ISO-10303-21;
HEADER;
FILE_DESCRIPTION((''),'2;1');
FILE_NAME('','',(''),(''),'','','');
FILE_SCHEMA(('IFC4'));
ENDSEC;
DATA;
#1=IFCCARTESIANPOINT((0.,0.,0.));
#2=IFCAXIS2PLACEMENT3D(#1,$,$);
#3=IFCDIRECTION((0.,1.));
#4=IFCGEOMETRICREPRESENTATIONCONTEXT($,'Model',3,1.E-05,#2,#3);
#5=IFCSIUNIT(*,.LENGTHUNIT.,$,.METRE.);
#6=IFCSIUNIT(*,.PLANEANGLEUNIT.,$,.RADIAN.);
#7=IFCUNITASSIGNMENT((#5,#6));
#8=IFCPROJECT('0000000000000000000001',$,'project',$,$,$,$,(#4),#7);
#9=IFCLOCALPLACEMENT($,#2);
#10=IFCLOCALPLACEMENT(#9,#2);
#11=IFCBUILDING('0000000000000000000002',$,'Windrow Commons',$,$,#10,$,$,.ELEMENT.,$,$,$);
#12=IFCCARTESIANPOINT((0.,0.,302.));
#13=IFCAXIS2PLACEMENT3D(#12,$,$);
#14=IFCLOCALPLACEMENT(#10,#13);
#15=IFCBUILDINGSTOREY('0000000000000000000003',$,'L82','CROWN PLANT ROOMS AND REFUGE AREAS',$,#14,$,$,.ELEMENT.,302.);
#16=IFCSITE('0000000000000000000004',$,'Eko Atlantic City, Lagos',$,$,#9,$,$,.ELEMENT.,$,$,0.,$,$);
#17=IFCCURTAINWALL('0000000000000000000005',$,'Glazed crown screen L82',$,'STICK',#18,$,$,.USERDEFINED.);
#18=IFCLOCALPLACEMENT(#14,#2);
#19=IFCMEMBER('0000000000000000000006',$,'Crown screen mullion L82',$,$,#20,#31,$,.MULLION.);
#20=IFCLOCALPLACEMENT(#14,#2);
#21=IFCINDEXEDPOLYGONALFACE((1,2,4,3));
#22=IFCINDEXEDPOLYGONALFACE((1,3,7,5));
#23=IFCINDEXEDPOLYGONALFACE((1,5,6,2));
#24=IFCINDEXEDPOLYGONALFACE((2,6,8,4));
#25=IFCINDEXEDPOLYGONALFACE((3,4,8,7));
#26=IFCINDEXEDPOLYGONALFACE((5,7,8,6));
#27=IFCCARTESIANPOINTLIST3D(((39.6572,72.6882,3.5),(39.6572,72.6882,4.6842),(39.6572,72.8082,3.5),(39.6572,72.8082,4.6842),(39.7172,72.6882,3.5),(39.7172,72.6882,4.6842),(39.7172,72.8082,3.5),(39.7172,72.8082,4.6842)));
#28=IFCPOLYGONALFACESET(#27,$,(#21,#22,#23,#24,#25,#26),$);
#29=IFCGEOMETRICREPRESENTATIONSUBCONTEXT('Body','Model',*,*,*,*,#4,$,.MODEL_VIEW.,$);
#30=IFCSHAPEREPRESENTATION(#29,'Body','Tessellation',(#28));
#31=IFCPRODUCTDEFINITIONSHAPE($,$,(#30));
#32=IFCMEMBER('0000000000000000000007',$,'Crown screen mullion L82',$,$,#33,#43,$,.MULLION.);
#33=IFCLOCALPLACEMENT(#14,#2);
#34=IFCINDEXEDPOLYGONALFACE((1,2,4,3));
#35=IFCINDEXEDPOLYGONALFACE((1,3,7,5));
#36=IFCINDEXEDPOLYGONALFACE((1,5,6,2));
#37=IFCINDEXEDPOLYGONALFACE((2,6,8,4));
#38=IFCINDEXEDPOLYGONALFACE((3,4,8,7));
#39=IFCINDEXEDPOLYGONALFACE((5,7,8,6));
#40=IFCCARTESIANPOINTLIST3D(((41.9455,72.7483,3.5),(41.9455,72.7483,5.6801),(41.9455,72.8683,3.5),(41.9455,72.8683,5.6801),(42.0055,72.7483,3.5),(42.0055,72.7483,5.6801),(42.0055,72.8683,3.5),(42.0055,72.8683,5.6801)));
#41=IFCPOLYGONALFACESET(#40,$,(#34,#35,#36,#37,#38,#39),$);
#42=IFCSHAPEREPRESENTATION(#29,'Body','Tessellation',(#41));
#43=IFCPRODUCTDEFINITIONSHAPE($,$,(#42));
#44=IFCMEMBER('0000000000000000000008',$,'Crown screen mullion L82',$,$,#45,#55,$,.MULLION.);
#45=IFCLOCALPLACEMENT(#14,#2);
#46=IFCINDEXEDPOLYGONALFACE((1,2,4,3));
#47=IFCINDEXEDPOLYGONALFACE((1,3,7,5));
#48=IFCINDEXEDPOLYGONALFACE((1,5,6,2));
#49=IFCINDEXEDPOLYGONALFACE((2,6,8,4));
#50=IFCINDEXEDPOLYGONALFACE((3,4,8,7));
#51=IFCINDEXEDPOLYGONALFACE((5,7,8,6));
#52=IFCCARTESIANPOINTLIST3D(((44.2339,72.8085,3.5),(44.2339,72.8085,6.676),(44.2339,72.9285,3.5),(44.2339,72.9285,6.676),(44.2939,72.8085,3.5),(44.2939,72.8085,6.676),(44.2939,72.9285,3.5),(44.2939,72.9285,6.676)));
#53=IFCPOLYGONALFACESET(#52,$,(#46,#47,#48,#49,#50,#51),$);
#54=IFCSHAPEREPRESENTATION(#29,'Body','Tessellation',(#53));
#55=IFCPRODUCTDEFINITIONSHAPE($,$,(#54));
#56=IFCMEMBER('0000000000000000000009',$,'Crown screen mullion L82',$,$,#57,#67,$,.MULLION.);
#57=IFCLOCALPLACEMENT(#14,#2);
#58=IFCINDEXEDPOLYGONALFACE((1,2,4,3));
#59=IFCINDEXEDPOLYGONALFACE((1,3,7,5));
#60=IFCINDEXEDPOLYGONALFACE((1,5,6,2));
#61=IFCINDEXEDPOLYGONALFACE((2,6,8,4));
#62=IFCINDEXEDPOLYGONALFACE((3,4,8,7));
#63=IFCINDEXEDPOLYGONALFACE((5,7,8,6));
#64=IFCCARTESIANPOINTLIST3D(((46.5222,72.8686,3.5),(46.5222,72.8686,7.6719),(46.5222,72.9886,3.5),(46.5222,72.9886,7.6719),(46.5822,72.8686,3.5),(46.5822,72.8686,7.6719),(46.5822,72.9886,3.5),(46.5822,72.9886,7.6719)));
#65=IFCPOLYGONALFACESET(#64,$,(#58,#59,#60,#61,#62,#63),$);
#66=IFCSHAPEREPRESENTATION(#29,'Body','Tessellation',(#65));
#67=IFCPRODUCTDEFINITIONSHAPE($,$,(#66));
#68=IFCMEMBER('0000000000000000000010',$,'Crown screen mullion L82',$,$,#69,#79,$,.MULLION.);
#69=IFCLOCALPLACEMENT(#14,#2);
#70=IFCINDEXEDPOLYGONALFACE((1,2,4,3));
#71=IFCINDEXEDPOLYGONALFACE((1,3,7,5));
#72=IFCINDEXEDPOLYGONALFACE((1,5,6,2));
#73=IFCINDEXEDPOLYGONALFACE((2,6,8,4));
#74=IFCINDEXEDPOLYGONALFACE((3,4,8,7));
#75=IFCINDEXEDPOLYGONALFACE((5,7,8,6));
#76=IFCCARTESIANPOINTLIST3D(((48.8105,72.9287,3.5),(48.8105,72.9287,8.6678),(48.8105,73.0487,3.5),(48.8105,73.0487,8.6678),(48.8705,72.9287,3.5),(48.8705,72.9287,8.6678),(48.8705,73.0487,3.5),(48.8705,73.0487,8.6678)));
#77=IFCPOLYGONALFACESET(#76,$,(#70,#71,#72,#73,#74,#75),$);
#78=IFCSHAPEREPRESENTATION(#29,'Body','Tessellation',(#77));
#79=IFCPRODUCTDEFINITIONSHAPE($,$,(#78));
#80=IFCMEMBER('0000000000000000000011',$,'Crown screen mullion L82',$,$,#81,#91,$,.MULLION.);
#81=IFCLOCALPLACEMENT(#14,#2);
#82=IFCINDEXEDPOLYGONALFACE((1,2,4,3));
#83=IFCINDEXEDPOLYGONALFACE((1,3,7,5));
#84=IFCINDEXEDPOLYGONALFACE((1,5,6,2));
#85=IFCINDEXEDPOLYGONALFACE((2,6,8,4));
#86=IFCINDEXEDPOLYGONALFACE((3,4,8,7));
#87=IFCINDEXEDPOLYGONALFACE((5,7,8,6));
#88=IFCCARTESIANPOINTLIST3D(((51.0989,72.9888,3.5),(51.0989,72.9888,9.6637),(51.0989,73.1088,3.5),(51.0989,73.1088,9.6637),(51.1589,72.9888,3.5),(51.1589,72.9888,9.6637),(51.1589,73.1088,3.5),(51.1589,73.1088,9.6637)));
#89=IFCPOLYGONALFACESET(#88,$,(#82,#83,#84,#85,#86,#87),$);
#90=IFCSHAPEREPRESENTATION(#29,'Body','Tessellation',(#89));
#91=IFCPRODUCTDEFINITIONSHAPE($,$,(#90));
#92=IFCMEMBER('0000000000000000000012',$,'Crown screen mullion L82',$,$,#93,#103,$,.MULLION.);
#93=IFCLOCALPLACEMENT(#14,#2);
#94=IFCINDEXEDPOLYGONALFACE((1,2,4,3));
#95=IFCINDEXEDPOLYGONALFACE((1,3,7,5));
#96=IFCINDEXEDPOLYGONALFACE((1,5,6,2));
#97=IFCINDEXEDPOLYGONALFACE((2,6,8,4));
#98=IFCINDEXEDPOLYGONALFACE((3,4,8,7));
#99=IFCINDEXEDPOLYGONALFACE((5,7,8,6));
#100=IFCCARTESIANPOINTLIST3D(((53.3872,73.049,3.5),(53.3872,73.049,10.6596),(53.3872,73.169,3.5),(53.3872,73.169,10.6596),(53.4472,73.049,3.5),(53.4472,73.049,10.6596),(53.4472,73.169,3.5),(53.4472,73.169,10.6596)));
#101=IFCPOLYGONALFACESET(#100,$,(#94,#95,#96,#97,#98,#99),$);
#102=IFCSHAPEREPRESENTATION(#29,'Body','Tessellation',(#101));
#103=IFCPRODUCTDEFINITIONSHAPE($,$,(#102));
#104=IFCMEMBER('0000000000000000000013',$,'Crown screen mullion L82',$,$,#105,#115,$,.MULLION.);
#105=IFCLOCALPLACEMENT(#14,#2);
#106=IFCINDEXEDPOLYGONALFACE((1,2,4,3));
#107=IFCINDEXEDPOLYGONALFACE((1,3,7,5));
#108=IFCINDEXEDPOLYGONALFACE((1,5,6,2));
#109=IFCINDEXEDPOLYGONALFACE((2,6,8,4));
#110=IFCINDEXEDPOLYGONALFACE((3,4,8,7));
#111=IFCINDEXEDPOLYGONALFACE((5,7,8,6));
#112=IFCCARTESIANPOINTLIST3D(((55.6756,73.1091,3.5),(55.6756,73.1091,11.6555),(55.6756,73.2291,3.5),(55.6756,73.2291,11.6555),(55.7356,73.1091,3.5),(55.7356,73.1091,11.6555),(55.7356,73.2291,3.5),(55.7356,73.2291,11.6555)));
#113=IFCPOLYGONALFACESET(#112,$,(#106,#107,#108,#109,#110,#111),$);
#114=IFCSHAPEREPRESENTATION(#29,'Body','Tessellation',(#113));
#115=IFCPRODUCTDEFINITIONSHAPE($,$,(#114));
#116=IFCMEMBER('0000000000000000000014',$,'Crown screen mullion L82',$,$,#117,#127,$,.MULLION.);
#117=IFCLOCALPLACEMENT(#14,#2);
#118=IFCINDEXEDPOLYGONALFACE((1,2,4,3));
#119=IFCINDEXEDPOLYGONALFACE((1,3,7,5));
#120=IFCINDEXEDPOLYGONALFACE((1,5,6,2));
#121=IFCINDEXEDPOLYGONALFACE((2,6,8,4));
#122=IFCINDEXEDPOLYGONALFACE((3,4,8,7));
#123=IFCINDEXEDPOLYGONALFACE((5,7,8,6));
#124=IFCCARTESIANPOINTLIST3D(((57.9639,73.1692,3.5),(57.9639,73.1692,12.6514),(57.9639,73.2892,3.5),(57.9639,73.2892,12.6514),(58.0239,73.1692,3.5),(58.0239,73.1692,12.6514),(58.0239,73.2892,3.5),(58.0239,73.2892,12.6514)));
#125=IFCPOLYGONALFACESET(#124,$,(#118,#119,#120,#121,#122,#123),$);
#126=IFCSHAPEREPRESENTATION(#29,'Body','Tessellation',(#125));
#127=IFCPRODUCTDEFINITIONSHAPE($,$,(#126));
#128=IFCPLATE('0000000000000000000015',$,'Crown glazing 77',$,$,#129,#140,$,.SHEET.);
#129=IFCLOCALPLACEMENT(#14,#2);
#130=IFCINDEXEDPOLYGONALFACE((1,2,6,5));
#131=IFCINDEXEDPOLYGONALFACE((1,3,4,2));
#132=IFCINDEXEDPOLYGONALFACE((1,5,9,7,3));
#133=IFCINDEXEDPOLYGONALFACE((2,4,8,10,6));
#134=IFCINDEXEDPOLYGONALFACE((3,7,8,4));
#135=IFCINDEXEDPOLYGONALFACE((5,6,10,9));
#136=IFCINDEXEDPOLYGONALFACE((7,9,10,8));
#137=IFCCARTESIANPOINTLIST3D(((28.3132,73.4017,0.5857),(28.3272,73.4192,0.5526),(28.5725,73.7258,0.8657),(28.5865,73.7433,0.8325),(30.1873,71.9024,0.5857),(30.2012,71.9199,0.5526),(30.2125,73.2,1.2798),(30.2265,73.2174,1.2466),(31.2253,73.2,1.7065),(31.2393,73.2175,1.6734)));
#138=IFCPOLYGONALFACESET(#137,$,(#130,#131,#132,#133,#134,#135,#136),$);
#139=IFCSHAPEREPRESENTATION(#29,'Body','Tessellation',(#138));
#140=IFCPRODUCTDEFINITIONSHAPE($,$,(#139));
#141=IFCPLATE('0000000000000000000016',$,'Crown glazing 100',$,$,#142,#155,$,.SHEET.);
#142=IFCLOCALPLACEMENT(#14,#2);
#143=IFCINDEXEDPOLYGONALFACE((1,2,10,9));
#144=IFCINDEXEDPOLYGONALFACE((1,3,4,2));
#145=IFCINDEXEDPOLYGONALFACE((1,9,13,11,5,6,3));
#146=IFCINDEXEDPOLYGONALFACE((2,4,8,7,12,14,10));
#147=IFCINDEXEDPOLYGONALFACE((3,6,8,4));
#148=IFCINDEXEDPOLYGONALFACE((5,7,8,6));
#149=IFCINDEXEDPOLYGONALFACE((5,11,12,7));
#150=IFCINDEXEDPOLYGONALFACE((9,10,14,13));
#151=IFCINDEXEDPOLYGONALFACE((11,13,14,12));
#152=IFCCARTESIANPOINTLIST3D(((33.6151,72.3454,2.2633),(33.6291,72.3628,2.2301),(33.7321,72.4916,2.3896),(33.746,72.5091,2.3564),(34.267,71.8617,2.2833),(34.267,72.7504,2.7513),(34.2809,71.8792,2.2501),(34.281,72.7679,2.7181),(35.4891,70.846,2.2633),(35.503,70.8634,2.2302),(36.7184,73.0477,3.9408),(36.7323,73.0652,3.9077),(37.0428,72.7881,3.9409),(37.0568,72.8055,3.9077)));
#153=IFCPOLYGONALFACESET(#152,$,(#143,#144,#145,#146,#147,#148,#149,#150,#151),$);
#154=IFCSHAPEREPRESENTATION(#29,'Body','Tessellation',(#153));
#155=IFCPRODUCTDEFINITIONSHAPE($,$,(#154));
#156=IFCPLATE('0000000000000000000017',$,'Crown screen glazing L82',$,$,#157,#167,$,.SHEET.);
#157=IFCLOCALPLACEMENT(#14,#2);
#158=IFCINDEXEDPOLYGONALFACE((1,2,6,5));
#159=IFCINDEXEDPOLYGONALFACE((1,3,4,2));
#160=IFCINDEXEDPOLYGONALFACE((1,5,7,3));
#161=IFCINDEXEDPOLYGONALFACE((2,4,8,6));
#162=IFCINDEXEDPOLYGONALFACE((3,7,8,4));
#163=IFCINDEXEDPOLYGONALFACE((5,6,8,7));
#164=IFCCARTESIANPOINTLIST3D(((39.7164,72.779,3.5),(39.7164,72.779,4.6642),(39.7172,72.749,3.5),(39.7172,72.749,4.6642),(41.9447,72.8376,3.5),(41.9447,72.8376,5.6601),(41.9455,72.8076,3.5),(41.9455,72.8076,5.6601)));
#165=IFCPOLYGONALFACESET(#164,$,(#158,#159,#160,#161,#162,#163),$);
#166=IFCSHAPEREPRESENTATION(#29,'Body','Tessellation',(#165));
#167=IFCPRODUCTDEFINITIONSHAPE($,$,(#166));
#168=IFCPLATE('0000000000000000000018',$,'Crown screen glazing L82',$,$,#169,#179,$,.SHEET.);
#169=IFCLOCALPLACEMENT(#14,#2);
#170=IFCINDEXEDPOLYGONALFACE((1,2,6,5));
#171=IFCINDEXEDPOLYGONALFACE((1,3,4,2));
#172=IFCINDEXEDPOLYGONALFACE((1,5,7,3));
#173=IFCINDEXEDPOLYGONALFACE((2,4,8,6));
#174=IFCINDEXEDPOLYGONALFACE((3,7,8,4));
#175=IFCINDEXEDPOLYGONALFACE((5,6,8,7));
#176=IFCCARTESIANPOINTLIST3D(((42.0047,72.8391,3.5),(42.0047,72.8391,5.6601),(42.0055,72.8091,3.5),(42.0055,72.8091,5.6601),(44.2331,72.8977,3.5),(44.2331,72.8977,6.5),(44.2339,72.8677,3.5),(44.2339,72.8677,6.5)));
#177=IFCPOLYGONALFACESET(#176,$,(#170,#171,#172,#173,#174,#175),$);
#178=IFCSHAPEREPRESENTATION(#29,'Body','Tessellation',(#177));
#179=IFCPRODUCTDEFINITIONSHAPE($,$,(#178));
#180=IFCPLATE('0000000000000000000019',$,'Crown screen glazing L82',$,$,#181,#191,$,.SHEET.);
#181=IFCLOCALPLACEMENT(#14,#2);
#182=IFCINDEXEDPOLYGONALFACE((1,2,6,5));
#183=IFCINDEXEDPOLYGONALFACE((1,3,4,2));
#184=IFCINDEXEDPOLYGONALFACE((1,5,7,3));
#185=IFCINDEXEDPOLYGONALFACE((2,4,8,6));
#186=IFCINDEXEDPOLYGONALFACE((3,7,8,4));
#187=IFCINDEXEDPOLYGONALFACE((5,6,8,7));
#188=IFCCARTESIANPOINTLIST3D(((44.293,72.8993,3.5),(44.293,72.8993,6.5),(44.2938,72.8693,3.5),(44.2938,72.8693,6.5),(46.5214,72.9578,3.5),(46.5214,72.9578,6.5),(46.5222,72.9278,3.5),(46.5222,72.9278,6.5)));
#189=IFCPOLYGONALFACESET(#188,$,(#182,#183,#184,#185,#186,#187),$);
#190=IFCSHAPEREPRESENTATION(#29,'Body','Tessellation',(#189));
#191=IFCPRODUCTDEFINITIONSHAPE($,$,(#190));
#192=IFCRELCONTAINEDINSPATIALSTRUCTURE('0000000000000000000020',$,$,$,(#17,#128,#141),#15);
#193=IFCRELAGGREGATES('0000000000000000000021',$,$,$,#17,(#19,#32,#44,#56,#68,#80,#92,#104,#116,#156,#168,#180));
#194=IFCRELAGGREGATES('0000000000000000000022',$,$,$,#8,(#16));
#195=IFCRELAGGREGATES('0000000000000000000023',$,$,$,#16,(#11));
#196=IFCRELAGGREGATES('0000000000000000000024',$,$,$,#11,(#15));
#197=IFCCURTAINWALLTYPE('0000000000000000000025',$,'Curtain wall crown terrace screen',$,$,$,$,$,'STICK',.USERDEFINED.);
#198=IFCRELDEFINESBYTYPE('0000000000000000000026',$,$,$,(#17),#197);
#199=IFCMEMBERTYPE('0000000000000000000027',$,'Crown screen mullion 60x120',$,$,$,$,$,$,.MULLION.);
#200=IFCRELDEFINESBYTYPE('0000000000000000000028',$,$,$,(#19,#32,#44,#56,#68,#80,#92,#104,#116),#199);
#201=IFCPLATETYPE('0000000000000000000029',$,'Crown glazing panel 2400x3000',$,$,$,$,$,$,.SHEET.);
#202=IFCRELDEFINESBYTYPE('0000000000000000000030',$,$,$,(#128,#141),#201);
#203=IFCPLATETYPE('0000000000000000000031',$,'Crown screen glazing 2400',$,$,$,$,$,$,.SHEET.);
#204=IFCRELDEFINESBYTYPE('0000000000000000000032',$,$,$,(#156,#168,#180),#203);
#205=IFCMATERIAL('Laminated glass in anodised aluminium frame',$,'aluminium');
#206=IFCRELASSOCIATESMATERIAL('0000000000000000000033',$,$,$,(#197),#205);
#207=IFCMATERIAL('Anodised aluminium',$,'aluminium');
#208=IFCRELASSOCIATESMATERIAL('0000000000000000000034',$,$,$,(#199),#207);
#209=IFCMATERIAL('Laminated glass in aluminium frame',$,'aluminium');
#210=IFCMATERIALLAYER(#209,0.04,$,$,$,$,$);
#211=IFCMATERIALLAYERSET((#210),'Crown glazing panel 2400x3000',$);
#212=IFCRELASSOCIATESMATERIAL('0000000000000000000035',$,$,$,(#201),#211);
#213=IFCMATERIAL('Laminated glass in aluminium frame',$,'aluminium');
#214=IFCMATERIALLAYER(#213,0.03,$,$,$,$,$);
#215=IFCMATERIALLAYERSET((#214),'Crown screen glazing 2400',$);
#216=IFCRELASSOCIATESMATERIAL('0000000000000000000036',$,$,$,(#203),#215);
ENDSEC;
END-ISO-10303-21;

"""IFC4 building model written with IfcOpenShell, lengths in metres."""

from ifc_helpers import new_model, si_unit, direction, frame, origin, origin_2d, place, context, subcontext, project, spatial, polyline, rectangle, outline, extrude, material, layer, layer_set, material_profile, profile_set, type_object, element, aggregate, save


model = new_model("IFC4")

# Units and contexts
model_context = context("Model", 3, precision=1e-05, world=origin(), true_north=direction((0.0, 1.0)))
body_context = subcontext(model_context, "Body", "Model", "MODEL_VIEW")
ifc_project = project(units=[si_unit("LENGTHUNIT", "METRE"), si_unit("PLANEANGLEUNIT", "RADIAN")], contexts=[model_context])

# Site, building, storey
site_placement = place(None, origin())
site = spatial("IfcSite", under=ifc_project, at=site_placement, Name="Eko Atlantic City, Lagos", CompositionType="ELEMENT", RefElevation=0.0)
building_placement = place(site_placement, origin())
building = spatial("IfcBuilding", under=site, at=building_placement, Name="Windrow Commons", CompositionType="ELEMENT")
storey_placement = place(building_placement, frame((0.0, 0.0, 302.0)))
storey = spatial("IfcBuildingStorey", under=building, at=storey_placement, Name="L82", Description="CROWN PLANT ROOMS AND REFUGE AREAS", CompositionType="ELEMENT", Elevation=302.0)

# Curtain wall, members
ifc_material_1 = material(Name="Laminated glass in anodised aluminium frame", Category="aluminium")
curtain_wall_type = type_object("IfcCurtainWallType", Name="Curtain wall crown terrace screen", ElementType="STICK", PredefinedType="USERDEFINED", material=ifc_material_1)
curtain_wall_placement = place(storey_placement, origin())
curtain_wall = element("IfcCurtainWall", 1, at=curtain_wall_placement, inside=storey, type_object=curtain_wall_type, Name="Glazed crown screen L82", ObjectType="STICK", PredefinedType="USERDEFINED")
ifc_material_2 = material(Name="Anodised aluminium", Category="aluminium")
ifc_material_profile = material_profile(ifc_material_2, rectangle(XDim=0.06, YDim=0.12, at=origin_2d()))
ifc_profile_set = profile_set([ifc_material_profile], Name="Anodised aluminium")
member_type = type_object("IfcMemberType", Name="Crown screen mullion 60x120", PredefinedType="MULLION", material=ifc_profile_set)
member_1_placement = place(storey_placement, frame((39.6872, 72.7482, 3.5), z_axis=(0.0, 0.0, 1.0), x_axis=(1.0, 0.0, 0.0)))
member_1 = element("IfcMember", 2, at=member_1_placement, type_object=member_type, Name="Crown screen mullion L82", PredefinedType="MULLION", context=body_context, shape_type="SweptSolid", body=[
    extrude(rectangle(XDim=0.06, YDim=0.12, at=origin_2d()), origin(), (0.0, 0.0, 1.0), 1.1842),
])
member_2_placement = place(storey_placement, frame((41.9755, 72.8083, 3.5), z_axis=(0.0, 0.0, 1.0), x_axis=(1.0, 0.0, 0.0)))
member_2 = element("IfcMember", 3, at=member_2_placement, type_object=member_type, Name="Crown screen mullion L82", PredefinedType="MULLION", context=body_context, shape_type="SweptSolid", body=[
    extrude(rectangle(XDim=0.06, YDim=0.12, at=origin_2d()), origin(), (0.0, 0.0, 1.0), 2.1801),
])
member_3_placement = place(storey_placement, frame((44.2639, 72.8685, 3.5), z_axis=(0.0, 0.0, 1.0), x_axis=(1.0, 0.0, 0.0)))
member_3 = element("IfcMember", 4, at=member_3_placement, type_object=member_type, Name="Crown screen mullion L82", PredefinedType="MULLION", context=body_context, shape_type="SweptSolid", body=[
    extrude(rectangle(XDim=0.06, YDim=0.12, at=origin_2d()), origin(), (0.0, 0.0, 1.0), 3.176),
])
member_4_placement = place(storey_placement, frame((46.5522, 72.9286, 3.5), z_axis=(0.0, 0.0, 1.0), x_axis=(1.0, 0.0, 0.0)))
member_4 = element("IfcMember", 5, at=member_4_placement, type_object=member_type, Name="Crown screen mullion L82", PredefinedType="MULLION", context=body_context, shape_type="SweptSolid", body=[
    extrude(rectangle(XDim=0.06, YDim=0.12, at=origin_2d()), origin(), (0.0, 0.0, 1.0), 4.1719),
])
member_5_placement = place(storey_placement, frame((48.8405, 72.9887, 3.5), z_axis=(0.0, 0.0, 1.0), x_axis=(1.0, 0.0, 0.0)))
member_5 = element("IfcMember", 6, at=member_5_placement, type_object=member_type, Name="Crown screen mullion L82", PredefinedType="MULLION", context=body_context, shape_type="SweptSolid", body=[
    extrude(rectangle(XDim=0.06, YDim=0.12, at=origin_2d()), origin(), (0.0, 0.0, 1.0), 5.1678),
])
member_6_placement = place(storey_placement, frame((51.1289, 73.0488, 3.5), z_axis=(0.0, 0.0, 1.0), x_axis=(1.0, 0.0, 0.0)))
member_6 = element("IfcMember", 7, at=member_6_placement, type_object=member_type, Name="Crown screen mullion L82", PredefinedType="MULLION", context=body_context, shape_type="SweptSolid", body=[
    extrude(rectangle(XDim=0.06, YDim=0.12, at=origin_2d()), origin(), (0.0, 0.0, 1.0), 6.1637),
])
member_7_placement = place(storey_placement, frame((53.4172, 73.109, 3.5), z_axis=(0.0, 0.0, 1.0), x_axis=(1.0, 0.0, 0.0)))
member_7 = element("IfcMember", 8, at=member_7_placement, type_object=member_type, Name="Crown screen mullion L82", PredefinedType="MULLION", context=body_context, shape_type="SweptSolid", body=[
    extrude(rectangle(XDim=0.06, YDim=0.12, at=origin_2d()), origin(), (0.0, 0.0, 1.0), 7.1596),
])
member_8_placement = place(storey_placement, frame((55.7056, 73.1691, 3.5), z_axis=(0.0, 0.0, 1.0), x_axis=(1.0, 0.0, 0.0)))
member_8 = element("IfcMember", 9, at=member_8_placement, type_object=member_type, Name="Crown screen mullion L82", PredefinedType="MULLION", context=body_context, shape_type="SweptSolid", body=[
    extrude(rectangle(XDim=0.06, YDim=0.12, at=origin_2d()), origin(), (0.0, 0.0, 1.0), 8.1555),
])
member_9_placement = place(storey_placement, frame((57.9939, 73.2292, 3.5), z_axis=(0.0, 0.0, 1.0), x_axis=(1.0, 0.0, 0.0)))
member_9 = element("IfcMember", 10, at=member_9_placement, type_object=member_type, Name="Crown screen mullion L82", PredefinedType="MULLION", context=body_context, shape_type="SweptSolid", body=[
    extrude(rectangle(XDim=0.06, YDim=0.12, at=origin_2d()), origin(), (0.0, 0.0, 1.0), 9.1514),
])

# Plates
ifc_material_3 = material(Name="Laminated glass in aluminium frame", Category="aluminium")
ifc_layer_1 = layer(ifc_material_3, 0.04)
ifc_layer_set_1 = layer_set([ifc_layer_1], Name="Crown glazing panel 2400x3000")
plate_type_1 = type_object("IfcPlateType", Name="Crown glazing panel 2400x3000", PredefinedType="SHEET", material=ifc_layer_set_1)
plate_1_placement = place(storey_placement, frame((28.5725, 73.7258, 0.8657), z_axis=(-0.349319, -0.436663, 0.829036), x_axis=(0.925867, -0.296862, 0.233758)))
element("IfcPlate", 11, at=plate_1_placement, inside=storey, type_object=plate_type_1, Name="Crown glazing 77", PredefinedType="SHEET", context=body_context, shape_type="SweptSolid", body=[
    extrude(outline(polyline([(0.0, 0.0), (1.7713, 0.0), (2.8088, 0.3627), (1.9709, -1.4581), (-0.2093, -0.4548), (0.0, 0.0)])), origin(), (0.0, 0.0, -1.0), 0.04),
])
plate_2_placement = place(storey_placement, frame((34.267, 72.7504, 2.7513), z_axis=(-0.349356, -0.436602, 0.829053), x_axis=(-0.000025, -0.8848, -0.46597)))
element("IfcPlate", 12, at=plate_2_placement, inside=storey, type_object=plate_type_1, Name="Crown glazing 100", PredefinedType="SHEET", context=body_context, shape_type="SweptSolid", body=[
    extrude(outline(polyline([(0.0, 0.0), (1.0044, 0.0), (-0.8174, 2.6162), (-0.5877, 2.9625), (1.9124, 1.3043), (0.5858, -0.6957), (0.3975, -0.5709), (0.0, 0.0)])), origin(), (0.0, 0.0, -1.0), 0.04),
])

# Plates
ifc_material_4 = material(Name="Laminated glass in aluminium frame", Category="aluminium")
ifc_layer_2 = layer(ifc_material_4, 0.03)
ifc_layer_set_2 = layer_set([ifc_layer_2], Name="Crown screen glazing 2400")
plate_type_2 = type_object("IfcPlateType", Name="Crown screen glazing 2400", PredefinedType="SHEET", material=ifc_layer_set_2)
plate_3_placement = place(storey_placement, frame((39.7172, 72.749, 3.5), z_axis=(0.026289, -0.999654, 0.0), x_axis=(0.999654, 0.026289, 0.0)))
plate_3 = element("IfcPlate", 13, at=plate_3_placement, type_object=plate_type_2, Name="Crown screen glazing L82", PredefinedType="SHEET", context=body_context, shape_type="SweptSolid", body=[
    extrude(outline(polyline([(0.0, 0.0), (2.2291, 0.0), (2.2291, 2.1601), (0.0, 1.1642), (0.0, 0.0)])), origin(), (0.0, 0.0, -1.0), 0.03),
])
plate_4_placement = place(storey_placement, frame((42.0055, 72.8091, 3.5), z_axis=(0.026288, -0.999654, 0.0), x_axis=(0.999654, 0.026288, 0.0)))
plate_4 = element("IfcPlate", 14, at=plate_4_placement, type_object=plate_type_2, Name="Crown screen glazing L82", PredefinedType="SHEET", context=body_context, shape_type="SweptSolid", body=[
    extrude(outline(polyline([(0.0, 0.0), (2.2292, 0.0), (2.2292, 3.0), (0.0, 2.1601), (0.0, 0.0)])), origin(), (0.0, 0.0, -1.0), 0.03),
])
plate_5_placement = place(storey_placement, frame((44.2938, 72.8693, 3.5), z_axis=(0.026243, -0.999656, 0.0), x_axis=(0.999656, 0.026243, 0.0)))
plate_5 = element("IfcPlate", 15, at=plate_5_placement, type_object=plate_type_2, Name="Crown screen glazing L82", PredefinedType="SHEET", context=body_context, shape_type="SweptSolid", body=[
    extrude(outline(polyline([(0.0, 0.0), (2.2292, 0.0), (2.2292, 3.0), (0.0, 3.0), (0.0, 0.0)])), origin(), (0.0, 0.0, -1.0), 0.03),
])
aggregate(curtain_wall, [member_1, member_2, member_3, member_4, member_5, member_6, member_7, member_8, member_9, plate_3, plate_4, plate_5])

save(model, "model.ifc")
